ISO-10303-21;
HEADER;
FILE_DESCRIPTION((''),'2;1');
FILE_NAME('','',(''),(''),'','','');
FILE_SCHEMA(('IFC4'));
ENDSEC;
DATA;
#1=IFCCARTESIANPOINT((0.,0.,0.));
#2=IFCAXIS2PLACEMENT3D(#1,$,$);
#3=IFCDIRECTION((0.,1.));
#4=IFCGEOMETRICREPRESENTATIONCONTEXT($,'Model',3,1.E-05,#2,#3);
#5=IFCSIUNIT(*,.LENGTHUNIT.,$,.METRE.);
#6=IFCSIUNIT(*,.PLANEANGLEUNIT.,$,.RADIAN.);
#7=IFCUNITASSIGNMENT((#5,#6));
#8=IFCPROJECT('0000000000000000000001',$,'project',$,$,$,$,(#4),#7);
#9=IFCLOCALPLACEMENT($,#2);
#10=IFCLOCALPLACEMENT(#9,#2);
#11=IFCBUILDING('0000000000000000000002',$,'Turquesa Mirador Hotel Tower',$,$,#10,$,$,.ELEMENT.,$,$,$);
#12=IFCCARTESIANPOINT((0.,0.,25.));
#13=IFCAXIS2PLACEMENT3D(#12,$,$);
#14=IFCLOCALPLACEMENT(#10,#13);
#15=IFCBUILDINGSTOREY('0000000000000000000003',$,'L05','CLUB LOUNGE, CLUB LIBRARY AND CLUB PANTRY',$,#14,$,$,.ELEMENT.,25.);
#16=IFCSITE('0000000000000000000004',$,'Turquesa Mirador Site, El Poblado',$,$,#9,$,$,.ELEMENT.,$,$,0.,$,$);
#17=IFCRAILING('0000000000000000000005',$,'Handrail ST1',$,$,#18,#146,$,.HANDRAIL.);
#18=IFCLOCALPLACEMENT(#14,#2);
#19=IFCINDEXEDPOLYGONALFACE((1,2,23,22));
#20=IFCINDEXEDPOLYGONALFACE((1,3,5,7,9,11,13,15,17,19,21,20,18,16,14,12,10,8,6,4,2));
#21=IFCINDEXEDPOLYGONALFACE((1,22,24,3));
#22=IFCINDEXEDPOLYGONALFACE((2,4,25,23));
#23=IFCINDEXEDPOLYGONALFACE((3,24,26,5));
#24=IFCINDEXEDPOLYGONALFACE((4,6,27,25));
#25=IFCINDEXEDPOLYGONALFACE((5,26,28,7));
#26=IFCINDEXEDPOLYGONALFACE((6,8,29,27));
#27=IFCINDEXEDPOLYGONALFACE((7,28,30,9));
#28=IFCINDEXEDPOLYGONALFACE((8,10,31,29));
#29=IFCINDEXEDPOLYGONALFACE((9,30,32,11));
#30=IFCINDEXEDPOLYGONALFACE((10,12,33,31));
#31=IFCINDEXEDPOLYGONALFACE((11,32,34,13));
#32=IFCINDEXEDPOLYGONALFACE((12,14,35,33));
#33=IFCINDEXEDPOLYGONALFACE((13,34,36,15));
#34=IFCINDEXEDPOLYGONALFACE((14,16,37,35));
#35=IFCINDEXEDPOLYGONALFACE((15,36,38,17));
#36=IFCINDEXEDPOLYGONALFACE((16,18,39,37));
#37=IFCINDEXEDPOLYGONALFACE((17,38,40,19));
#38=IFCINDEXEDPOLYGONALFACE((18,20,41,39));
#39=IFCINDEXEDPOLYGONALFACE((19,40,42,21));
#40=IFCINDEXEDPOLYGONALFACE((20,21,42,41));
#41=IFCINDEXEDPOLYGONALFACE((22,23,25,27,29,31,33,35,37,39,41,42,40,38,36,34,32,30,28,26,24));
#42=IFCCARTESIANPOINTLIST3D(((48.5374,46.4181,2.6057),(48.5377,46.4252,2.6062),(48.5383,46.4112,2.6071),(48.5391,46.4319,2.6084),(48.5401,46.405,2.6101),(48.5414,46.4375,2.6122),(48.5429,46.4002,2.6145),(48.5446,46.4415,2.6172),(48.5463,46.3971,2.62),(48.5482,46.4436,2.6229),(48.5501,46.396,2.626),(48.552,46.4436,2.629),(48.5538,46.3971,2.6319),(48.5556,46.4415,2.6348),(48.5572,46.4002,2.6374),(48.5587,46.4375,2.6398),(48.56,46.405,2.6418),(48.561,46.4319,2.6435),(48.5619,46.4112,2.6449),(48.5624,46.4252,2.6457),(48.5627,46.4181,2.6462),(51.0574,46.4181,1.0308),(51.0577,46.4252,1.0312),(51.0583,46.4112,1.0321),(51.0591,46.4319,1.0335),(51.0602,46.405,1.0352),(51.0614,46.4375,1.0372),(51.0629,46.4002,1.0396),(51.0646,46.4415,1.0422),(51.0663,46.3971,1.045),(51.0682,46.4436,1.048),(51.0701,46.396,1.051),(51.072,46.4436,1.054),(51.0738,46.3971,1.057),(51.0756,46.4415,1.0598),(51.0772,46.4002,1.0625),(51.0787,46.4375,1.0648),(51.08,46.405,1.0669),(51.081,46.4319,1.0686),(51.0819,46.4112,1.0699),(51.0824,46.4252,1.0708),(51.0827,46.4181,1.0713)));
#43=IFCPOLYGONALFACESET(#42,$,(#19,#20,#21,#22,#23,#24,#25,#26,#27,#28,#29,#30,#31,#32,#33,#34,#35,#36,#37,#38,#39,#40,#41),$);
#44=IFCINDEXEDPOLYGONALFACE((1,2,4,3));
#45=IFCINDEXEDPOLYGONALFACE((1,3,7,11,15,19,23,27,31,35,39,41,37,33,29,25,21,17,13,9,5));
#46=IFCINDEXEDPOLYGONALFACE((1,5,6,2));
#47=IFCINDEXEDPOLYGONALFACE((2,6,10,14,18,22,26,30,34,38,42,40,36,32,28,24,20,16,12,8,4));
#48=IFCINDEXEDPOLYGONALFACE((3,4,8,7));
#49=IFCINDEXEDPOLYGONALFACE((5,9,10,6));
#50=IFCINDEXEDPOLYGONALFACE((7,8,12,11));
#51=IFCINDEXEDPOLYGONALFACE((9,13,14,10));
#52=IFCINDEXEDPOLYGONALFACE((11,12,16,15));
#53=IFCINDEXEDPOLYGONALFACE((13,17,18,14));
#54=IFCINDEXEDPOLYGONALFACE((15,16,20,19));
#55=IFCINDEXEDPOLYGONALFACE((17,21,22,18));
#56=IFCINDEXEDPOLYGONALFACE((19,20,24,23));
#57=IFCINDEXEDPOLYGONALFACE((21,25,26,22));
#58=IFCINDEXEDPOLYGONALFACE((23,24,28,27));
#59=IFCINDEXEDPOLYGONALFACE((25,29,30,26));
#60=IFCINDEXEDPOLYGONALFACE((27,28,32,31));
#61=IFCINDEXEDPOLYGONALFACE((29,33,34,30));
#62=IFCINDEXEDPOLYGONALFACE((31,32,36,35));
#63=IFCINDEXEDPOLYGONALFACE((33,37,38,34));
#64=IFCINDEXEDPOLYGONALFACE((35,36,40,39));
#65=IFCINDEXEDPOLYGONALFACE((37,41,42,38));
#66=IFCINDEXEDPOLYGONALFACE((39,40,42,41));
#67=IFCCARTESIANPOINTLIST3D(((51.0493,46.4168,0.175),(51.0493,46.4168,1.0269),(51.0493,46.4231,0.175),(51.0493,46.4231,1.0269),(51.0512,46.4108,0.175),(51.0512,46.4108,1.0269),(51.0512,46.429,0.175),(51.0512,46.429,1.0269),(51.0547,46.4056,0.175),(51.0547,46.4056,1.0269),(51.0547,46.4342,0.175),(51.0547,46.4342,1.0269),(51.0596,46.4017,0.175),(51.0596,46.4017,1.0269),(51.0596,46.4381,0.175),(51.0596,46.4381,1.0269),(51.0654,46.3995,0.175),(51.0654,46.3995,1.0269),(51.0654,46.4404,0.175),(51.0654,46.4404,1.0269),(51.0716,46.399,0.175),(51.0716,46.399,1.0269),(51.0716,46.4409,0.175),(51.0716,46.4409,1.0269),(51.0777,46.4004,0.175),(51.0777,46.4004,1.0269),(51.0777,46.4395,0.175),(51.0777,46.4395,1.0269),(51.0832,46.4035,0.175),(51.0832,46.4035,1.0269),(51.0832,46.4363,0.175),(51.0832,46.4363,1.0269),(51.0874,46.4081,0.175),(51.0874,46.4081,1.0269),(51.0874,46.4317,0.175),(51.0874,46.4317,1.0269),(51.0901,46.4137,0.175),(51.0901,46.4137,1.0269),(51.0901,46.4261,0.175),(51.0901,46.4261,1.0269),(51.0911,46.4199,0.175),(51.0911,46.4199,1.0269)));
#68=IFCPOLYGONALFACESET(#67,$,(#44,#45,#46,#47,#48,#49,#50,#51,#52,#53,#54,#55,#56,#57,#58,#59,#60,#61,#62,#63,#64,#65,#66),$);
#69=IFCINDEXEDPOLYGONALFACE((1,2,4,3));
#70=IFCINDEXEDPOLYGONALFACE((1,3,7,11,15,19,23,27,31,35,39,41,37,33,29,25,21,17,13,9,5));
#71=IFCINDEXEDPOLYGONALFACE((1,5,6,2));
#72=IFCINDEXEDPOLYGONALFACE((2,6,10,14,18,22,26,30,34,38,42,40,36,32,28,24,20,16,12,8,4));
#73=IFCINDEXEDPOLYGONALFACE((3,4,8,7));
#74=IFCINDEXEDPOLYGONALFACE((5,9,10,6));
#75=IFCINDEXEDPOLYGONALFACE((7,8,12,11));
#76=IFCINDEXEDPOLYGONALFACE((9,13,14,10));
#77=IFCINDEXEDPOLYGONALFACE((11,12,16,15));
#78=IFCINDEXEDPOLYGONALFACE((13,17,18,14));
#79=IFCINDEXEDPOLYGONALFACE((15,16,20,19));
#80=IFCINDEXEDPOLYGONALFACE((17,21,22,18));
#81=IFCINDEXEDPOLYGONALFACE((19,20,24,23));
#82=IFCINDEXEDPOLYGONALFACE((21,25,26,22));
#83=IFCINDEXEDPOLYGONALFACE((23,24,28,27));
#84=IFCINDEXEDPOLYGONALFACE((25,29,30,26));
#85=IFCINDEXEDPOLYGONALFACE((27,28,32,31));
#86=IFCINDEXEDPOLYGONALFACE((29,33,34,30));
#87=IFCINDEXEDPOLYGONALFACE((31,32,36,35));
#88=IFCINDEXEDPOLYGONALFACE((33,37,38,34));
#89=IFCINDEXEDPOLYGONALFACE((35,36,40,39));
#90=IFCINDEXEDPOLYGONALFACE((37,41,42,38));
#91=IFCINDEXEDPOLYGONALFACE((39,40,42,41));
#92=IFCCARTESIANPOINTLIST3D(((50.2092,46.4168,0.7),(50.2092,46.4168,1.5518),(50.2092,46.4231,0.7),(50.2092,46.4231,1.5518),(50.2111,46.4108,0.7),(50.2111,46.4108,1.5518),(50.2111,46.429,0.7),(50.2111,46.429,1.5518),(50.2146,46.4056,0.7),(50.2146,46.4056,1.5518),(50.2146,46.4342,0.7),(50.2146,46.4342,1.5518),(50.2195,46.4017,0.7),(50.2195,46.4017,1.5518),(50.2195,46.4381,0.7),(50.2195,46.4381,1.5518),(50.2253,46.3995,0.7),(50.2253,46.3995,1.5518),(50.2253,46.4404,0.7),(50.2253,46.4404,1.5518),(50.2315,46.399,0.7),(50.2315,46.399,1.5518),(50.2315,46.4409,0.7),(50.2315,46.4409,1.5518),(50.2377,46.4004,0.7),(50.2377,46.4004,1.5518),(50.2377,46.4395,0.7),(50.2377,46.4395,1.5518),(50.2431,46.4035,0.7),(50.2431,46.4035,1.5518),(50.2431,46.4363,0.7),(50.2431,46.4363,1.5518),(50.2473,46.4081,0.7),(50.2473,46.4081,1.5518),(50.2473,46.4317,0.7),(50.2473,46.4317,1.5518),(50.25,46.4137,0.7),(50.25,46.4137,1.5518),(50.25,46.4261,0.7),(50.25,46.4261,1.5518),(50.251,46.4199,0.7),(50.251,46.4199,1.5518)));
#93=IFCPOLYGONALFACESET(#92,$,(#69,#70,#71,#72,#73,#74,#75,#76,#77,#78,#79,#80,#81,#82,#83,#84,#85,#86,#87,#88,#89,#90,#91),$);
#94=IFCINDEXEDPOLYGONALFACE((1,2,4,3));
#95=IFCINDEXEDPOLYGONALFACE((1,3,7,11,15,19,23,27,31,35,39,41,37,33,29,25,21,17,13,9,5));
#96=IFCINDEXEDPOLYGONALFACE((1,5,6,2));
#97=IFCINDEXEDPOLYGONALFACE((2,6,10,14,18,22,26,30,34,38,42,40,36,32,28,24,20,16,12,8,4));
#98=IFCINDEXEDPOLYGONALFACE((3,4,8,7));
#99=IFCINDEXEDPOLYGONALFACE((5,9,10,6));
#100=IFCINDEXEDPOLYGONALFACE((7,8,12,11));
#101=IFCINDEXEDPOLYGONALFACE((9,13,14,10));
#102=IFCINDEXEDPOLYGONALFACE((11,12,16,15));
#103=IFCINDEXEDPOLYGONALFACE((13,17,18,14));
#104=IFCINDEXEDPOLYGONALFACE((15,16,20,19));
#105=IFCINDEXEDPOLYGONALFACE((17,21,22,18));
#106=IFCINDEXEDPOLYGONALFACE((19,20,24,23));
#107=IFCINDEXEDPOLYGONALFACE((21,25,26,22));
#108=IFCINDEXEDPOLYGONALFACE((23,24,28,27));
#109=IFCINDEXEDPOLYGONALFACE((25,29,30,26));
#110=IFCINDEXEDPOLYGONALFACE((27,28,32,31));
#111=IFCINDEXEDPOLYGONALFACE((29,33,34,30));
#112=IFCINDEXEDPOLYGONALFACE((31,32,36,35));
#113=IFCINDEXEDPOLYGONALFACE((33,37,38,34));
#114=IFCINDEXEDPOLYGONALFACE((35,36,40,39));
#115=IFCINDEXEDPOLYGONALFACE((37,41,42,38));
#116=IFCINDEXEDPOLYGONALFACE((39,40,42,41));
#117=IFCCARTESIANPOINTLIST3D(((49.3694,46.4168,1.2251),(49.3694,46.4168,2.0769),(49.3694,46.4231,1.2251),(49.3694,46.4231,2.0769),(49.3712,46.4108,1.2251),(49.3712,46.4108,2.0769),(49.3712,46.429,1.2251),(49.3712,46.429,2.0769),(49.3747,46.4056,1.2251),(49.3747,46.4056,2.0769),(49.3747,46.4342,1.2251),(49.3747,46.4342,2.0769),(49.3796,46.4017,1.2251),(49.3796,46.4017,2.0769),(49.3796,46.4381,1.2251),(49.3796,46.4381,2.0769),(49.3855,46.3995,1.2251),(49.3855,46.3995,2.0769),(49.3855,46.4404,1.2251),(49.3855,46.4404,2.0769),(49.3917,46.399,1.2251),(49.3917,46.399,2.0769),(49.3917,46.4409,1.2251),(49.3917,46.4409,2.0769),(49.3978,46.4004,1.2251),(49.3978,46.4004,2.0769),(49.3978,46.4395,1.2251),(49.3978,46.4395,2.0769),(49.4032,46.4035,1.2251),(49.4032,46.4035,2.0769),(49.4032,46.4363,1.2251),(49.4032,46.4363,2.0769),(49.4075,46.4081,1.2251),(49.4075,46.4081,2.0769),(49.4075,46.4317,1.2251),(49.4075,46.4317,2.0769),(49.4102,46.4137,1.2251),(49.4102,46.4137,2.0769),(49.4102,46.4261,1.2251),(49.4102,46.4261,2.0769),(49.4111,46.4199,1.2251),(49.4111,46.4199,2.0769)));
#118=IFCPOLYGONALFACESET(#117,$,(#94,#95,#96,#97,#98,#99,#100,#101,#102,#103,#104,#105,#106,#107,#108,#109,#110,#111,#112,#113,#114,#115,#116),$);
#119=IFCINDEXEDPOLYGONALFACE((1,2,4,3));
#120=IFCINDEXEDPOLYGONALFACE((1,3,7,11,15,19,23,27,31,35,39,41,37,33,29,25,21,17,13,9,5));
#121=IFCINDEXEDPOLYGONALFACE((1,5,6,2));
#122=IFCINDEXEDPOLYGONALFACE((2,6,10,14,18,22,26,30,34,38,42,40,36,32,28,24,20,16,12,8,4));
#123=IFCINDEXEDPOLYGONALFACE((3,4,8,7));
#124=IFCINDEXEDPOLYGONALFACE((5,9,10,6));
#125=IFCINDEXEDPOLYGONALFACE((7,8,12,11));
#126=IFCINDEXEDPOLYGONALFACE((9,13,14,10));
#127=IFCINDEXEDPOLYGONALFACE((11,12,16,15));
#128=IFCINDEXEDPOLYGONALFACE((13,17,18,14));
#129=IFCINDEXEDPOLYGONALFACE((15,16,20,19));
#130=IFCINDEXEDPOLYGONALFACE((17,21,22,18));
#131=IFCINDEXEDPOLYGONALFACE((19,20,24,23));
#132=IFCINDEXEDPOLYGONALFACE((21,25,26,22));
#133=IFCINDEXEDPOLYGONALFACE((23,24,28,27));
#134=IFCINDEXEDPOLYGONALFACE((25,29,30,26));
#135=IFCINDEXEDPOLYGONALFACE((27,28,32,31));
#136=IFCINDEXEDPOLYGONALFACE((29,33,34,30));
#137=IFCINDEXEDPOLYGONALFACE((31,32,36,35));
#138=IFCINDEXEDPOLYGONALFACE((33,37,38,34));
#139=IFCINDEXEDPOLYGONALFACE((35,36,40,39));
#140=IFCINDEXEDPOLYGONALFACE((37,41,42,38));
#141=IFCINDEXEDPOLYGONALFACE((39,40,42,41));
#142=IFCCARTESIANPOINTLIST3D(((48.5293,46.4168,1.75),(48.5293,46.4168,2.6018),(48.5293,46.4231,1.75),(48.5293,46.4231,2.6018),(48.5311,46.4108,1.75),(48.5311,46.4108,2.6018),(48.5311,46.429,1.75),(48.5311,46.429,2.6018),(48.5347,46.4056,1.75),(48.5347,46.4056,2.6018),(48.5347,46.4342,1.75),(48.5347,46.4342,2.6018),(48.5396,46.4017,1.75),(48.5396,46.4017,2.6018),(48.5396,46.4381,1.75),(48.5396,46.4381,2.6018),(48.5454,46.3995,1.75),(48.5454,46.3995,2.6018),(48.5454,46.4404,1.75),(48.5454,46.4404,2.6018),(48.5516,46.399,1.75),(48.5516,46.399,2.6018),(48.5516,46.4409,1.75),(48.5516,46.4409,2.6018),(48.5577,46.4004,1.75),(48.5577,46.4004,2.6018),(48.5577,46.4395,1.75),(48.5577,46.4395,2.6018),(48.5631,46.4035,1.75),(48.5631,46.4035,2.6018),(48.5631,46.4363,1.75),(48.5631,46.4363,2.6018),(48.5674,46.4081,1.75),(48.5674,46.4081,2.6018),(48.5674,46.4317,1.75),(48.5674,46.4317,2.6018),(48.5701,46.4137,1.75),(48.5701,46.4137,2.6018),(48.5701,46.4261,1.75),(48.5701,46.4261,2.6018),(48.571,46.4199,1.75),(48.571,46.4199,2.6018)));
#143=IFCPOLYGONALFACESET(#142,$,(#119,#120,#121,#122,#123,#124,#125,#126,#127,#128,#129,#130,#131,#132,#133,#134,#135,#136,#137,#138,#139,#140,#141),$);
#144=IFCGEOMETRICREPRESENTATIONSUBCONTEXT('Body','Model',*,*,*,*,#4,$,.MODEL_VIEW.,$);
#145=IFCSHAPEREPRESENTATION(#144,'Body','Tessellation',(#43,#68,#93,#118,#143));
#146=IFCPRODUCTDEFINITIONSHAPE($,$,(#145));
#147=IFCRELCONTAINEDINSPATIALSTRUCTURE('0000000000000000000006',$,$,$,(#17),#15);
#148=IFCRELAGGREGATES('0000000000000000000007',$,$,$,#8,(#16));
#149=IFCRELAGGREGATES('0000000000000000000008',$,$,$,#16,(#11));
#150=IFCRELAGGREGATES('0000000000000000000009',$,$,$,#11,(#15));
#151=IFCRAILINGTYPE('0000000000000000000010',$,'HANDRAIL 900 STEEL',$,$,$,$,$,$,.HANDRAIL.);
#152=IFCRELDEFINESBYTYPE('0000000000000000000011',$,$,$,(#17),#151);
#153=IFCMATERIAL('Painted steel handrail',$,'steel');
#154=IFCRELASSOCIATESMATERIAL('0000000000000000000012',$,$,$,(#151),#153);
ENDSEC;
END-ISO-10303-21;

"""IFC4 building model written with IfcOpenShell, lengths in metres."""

from ifc_helpers import new_model, si_unit, direction, frame, origin, origin_2d, place, context, subcontext, project, spatial, circle, extrude, material, type_object, element, save


model = new_model("IFC4")

# Units and contexts
model_context = context("Model", 3, precision=1e-05, world=origin(), true_north=direction((0.0, 1.0)))
body_context = subcontext(model_context, "Body", "Model", "MODEL_VIEW")
ifc_project = project(units=[si_unit("LENGTHUNIT", "METRE"), si_unit("PLANEANGLEUNIT", "RADIAN")], contexts=[model_context])

# Site, building, storey
site_placement = place(None, origin())
site = spatial("IfcSite", under=ifc_project, at=site_placement, Name="Turquesa Mirador Site, El Poblado", CompositionType="ELEMENT", RefElevation=0.0)
building_placement = place(site_placement, origin())
building = spatial("IfcBuilding", under=site, at=building_placement, Name="Turquesa Mirador Hotel Tower", CompositionType="ELEMENT")
storey_placement = place(building_placement, frame((0.0, 0.0, 25.0)))
storey = spatial("IfcBuildingStorey", under=building, at=storey_placement, Name="L05", Description="CLUB LOUNGE, CLUB LIBRARY AND CLUB PANTRY", CompositionType="ELEMENT", Elevation=25.0)

# Railing
ifc_material_1 = material(Name="Painted steel handrail", Category="steel")
railing_type = type_object("IfcRailingType", Name="HANDRAIL 900 STEEL", PredefinedType="HANDRAIL", material=ifc_material_1)
railing_1_placement = place(storey_placement, frame((51.0701, 46.4199, 0.175)))
element("IfcRailing", 1, at=railing_1_placement, inside=storey, type_object=railing_type, Name="Handrail ST1", PredefinedType="HANDRAIL", context=body_context, shape_type="SweptSolid", body=[
    extrude(circle(Radius=0.0239, at=origin_2d()), frame((0.0, 0.0, 0.876), z_axis=(-0.848008, 0.0, 0.529984), x_axis=(0.0, -1.0, 0.0)), (0.0, 0.0, 1.0), 2.9717),
    extrude(circle(Radius=0.021, at=origin_2d()), origin(), (0.0, 0.0, 1.0), 0.8518),
    extrude(circle(Radius=0.021, at=origin_2d()), frame((-0.8401, 0.0, 0.5249)), (0.0, 0.0, 1.0), 0.8518),
    extrude(circle(Radius=0.021, at=origin_2d()), frame((-1.6799, 0.0, 1.05)), (0.0, 0.0, 1.0), 0.8518),
    extrude(circle(Radius=0.021, at=origin_2d()), frame((-2.52, 0.0, 1.575)), (0.0, 0.0, 1.0), 0.8518),
])

save(model, "model.ifc")
